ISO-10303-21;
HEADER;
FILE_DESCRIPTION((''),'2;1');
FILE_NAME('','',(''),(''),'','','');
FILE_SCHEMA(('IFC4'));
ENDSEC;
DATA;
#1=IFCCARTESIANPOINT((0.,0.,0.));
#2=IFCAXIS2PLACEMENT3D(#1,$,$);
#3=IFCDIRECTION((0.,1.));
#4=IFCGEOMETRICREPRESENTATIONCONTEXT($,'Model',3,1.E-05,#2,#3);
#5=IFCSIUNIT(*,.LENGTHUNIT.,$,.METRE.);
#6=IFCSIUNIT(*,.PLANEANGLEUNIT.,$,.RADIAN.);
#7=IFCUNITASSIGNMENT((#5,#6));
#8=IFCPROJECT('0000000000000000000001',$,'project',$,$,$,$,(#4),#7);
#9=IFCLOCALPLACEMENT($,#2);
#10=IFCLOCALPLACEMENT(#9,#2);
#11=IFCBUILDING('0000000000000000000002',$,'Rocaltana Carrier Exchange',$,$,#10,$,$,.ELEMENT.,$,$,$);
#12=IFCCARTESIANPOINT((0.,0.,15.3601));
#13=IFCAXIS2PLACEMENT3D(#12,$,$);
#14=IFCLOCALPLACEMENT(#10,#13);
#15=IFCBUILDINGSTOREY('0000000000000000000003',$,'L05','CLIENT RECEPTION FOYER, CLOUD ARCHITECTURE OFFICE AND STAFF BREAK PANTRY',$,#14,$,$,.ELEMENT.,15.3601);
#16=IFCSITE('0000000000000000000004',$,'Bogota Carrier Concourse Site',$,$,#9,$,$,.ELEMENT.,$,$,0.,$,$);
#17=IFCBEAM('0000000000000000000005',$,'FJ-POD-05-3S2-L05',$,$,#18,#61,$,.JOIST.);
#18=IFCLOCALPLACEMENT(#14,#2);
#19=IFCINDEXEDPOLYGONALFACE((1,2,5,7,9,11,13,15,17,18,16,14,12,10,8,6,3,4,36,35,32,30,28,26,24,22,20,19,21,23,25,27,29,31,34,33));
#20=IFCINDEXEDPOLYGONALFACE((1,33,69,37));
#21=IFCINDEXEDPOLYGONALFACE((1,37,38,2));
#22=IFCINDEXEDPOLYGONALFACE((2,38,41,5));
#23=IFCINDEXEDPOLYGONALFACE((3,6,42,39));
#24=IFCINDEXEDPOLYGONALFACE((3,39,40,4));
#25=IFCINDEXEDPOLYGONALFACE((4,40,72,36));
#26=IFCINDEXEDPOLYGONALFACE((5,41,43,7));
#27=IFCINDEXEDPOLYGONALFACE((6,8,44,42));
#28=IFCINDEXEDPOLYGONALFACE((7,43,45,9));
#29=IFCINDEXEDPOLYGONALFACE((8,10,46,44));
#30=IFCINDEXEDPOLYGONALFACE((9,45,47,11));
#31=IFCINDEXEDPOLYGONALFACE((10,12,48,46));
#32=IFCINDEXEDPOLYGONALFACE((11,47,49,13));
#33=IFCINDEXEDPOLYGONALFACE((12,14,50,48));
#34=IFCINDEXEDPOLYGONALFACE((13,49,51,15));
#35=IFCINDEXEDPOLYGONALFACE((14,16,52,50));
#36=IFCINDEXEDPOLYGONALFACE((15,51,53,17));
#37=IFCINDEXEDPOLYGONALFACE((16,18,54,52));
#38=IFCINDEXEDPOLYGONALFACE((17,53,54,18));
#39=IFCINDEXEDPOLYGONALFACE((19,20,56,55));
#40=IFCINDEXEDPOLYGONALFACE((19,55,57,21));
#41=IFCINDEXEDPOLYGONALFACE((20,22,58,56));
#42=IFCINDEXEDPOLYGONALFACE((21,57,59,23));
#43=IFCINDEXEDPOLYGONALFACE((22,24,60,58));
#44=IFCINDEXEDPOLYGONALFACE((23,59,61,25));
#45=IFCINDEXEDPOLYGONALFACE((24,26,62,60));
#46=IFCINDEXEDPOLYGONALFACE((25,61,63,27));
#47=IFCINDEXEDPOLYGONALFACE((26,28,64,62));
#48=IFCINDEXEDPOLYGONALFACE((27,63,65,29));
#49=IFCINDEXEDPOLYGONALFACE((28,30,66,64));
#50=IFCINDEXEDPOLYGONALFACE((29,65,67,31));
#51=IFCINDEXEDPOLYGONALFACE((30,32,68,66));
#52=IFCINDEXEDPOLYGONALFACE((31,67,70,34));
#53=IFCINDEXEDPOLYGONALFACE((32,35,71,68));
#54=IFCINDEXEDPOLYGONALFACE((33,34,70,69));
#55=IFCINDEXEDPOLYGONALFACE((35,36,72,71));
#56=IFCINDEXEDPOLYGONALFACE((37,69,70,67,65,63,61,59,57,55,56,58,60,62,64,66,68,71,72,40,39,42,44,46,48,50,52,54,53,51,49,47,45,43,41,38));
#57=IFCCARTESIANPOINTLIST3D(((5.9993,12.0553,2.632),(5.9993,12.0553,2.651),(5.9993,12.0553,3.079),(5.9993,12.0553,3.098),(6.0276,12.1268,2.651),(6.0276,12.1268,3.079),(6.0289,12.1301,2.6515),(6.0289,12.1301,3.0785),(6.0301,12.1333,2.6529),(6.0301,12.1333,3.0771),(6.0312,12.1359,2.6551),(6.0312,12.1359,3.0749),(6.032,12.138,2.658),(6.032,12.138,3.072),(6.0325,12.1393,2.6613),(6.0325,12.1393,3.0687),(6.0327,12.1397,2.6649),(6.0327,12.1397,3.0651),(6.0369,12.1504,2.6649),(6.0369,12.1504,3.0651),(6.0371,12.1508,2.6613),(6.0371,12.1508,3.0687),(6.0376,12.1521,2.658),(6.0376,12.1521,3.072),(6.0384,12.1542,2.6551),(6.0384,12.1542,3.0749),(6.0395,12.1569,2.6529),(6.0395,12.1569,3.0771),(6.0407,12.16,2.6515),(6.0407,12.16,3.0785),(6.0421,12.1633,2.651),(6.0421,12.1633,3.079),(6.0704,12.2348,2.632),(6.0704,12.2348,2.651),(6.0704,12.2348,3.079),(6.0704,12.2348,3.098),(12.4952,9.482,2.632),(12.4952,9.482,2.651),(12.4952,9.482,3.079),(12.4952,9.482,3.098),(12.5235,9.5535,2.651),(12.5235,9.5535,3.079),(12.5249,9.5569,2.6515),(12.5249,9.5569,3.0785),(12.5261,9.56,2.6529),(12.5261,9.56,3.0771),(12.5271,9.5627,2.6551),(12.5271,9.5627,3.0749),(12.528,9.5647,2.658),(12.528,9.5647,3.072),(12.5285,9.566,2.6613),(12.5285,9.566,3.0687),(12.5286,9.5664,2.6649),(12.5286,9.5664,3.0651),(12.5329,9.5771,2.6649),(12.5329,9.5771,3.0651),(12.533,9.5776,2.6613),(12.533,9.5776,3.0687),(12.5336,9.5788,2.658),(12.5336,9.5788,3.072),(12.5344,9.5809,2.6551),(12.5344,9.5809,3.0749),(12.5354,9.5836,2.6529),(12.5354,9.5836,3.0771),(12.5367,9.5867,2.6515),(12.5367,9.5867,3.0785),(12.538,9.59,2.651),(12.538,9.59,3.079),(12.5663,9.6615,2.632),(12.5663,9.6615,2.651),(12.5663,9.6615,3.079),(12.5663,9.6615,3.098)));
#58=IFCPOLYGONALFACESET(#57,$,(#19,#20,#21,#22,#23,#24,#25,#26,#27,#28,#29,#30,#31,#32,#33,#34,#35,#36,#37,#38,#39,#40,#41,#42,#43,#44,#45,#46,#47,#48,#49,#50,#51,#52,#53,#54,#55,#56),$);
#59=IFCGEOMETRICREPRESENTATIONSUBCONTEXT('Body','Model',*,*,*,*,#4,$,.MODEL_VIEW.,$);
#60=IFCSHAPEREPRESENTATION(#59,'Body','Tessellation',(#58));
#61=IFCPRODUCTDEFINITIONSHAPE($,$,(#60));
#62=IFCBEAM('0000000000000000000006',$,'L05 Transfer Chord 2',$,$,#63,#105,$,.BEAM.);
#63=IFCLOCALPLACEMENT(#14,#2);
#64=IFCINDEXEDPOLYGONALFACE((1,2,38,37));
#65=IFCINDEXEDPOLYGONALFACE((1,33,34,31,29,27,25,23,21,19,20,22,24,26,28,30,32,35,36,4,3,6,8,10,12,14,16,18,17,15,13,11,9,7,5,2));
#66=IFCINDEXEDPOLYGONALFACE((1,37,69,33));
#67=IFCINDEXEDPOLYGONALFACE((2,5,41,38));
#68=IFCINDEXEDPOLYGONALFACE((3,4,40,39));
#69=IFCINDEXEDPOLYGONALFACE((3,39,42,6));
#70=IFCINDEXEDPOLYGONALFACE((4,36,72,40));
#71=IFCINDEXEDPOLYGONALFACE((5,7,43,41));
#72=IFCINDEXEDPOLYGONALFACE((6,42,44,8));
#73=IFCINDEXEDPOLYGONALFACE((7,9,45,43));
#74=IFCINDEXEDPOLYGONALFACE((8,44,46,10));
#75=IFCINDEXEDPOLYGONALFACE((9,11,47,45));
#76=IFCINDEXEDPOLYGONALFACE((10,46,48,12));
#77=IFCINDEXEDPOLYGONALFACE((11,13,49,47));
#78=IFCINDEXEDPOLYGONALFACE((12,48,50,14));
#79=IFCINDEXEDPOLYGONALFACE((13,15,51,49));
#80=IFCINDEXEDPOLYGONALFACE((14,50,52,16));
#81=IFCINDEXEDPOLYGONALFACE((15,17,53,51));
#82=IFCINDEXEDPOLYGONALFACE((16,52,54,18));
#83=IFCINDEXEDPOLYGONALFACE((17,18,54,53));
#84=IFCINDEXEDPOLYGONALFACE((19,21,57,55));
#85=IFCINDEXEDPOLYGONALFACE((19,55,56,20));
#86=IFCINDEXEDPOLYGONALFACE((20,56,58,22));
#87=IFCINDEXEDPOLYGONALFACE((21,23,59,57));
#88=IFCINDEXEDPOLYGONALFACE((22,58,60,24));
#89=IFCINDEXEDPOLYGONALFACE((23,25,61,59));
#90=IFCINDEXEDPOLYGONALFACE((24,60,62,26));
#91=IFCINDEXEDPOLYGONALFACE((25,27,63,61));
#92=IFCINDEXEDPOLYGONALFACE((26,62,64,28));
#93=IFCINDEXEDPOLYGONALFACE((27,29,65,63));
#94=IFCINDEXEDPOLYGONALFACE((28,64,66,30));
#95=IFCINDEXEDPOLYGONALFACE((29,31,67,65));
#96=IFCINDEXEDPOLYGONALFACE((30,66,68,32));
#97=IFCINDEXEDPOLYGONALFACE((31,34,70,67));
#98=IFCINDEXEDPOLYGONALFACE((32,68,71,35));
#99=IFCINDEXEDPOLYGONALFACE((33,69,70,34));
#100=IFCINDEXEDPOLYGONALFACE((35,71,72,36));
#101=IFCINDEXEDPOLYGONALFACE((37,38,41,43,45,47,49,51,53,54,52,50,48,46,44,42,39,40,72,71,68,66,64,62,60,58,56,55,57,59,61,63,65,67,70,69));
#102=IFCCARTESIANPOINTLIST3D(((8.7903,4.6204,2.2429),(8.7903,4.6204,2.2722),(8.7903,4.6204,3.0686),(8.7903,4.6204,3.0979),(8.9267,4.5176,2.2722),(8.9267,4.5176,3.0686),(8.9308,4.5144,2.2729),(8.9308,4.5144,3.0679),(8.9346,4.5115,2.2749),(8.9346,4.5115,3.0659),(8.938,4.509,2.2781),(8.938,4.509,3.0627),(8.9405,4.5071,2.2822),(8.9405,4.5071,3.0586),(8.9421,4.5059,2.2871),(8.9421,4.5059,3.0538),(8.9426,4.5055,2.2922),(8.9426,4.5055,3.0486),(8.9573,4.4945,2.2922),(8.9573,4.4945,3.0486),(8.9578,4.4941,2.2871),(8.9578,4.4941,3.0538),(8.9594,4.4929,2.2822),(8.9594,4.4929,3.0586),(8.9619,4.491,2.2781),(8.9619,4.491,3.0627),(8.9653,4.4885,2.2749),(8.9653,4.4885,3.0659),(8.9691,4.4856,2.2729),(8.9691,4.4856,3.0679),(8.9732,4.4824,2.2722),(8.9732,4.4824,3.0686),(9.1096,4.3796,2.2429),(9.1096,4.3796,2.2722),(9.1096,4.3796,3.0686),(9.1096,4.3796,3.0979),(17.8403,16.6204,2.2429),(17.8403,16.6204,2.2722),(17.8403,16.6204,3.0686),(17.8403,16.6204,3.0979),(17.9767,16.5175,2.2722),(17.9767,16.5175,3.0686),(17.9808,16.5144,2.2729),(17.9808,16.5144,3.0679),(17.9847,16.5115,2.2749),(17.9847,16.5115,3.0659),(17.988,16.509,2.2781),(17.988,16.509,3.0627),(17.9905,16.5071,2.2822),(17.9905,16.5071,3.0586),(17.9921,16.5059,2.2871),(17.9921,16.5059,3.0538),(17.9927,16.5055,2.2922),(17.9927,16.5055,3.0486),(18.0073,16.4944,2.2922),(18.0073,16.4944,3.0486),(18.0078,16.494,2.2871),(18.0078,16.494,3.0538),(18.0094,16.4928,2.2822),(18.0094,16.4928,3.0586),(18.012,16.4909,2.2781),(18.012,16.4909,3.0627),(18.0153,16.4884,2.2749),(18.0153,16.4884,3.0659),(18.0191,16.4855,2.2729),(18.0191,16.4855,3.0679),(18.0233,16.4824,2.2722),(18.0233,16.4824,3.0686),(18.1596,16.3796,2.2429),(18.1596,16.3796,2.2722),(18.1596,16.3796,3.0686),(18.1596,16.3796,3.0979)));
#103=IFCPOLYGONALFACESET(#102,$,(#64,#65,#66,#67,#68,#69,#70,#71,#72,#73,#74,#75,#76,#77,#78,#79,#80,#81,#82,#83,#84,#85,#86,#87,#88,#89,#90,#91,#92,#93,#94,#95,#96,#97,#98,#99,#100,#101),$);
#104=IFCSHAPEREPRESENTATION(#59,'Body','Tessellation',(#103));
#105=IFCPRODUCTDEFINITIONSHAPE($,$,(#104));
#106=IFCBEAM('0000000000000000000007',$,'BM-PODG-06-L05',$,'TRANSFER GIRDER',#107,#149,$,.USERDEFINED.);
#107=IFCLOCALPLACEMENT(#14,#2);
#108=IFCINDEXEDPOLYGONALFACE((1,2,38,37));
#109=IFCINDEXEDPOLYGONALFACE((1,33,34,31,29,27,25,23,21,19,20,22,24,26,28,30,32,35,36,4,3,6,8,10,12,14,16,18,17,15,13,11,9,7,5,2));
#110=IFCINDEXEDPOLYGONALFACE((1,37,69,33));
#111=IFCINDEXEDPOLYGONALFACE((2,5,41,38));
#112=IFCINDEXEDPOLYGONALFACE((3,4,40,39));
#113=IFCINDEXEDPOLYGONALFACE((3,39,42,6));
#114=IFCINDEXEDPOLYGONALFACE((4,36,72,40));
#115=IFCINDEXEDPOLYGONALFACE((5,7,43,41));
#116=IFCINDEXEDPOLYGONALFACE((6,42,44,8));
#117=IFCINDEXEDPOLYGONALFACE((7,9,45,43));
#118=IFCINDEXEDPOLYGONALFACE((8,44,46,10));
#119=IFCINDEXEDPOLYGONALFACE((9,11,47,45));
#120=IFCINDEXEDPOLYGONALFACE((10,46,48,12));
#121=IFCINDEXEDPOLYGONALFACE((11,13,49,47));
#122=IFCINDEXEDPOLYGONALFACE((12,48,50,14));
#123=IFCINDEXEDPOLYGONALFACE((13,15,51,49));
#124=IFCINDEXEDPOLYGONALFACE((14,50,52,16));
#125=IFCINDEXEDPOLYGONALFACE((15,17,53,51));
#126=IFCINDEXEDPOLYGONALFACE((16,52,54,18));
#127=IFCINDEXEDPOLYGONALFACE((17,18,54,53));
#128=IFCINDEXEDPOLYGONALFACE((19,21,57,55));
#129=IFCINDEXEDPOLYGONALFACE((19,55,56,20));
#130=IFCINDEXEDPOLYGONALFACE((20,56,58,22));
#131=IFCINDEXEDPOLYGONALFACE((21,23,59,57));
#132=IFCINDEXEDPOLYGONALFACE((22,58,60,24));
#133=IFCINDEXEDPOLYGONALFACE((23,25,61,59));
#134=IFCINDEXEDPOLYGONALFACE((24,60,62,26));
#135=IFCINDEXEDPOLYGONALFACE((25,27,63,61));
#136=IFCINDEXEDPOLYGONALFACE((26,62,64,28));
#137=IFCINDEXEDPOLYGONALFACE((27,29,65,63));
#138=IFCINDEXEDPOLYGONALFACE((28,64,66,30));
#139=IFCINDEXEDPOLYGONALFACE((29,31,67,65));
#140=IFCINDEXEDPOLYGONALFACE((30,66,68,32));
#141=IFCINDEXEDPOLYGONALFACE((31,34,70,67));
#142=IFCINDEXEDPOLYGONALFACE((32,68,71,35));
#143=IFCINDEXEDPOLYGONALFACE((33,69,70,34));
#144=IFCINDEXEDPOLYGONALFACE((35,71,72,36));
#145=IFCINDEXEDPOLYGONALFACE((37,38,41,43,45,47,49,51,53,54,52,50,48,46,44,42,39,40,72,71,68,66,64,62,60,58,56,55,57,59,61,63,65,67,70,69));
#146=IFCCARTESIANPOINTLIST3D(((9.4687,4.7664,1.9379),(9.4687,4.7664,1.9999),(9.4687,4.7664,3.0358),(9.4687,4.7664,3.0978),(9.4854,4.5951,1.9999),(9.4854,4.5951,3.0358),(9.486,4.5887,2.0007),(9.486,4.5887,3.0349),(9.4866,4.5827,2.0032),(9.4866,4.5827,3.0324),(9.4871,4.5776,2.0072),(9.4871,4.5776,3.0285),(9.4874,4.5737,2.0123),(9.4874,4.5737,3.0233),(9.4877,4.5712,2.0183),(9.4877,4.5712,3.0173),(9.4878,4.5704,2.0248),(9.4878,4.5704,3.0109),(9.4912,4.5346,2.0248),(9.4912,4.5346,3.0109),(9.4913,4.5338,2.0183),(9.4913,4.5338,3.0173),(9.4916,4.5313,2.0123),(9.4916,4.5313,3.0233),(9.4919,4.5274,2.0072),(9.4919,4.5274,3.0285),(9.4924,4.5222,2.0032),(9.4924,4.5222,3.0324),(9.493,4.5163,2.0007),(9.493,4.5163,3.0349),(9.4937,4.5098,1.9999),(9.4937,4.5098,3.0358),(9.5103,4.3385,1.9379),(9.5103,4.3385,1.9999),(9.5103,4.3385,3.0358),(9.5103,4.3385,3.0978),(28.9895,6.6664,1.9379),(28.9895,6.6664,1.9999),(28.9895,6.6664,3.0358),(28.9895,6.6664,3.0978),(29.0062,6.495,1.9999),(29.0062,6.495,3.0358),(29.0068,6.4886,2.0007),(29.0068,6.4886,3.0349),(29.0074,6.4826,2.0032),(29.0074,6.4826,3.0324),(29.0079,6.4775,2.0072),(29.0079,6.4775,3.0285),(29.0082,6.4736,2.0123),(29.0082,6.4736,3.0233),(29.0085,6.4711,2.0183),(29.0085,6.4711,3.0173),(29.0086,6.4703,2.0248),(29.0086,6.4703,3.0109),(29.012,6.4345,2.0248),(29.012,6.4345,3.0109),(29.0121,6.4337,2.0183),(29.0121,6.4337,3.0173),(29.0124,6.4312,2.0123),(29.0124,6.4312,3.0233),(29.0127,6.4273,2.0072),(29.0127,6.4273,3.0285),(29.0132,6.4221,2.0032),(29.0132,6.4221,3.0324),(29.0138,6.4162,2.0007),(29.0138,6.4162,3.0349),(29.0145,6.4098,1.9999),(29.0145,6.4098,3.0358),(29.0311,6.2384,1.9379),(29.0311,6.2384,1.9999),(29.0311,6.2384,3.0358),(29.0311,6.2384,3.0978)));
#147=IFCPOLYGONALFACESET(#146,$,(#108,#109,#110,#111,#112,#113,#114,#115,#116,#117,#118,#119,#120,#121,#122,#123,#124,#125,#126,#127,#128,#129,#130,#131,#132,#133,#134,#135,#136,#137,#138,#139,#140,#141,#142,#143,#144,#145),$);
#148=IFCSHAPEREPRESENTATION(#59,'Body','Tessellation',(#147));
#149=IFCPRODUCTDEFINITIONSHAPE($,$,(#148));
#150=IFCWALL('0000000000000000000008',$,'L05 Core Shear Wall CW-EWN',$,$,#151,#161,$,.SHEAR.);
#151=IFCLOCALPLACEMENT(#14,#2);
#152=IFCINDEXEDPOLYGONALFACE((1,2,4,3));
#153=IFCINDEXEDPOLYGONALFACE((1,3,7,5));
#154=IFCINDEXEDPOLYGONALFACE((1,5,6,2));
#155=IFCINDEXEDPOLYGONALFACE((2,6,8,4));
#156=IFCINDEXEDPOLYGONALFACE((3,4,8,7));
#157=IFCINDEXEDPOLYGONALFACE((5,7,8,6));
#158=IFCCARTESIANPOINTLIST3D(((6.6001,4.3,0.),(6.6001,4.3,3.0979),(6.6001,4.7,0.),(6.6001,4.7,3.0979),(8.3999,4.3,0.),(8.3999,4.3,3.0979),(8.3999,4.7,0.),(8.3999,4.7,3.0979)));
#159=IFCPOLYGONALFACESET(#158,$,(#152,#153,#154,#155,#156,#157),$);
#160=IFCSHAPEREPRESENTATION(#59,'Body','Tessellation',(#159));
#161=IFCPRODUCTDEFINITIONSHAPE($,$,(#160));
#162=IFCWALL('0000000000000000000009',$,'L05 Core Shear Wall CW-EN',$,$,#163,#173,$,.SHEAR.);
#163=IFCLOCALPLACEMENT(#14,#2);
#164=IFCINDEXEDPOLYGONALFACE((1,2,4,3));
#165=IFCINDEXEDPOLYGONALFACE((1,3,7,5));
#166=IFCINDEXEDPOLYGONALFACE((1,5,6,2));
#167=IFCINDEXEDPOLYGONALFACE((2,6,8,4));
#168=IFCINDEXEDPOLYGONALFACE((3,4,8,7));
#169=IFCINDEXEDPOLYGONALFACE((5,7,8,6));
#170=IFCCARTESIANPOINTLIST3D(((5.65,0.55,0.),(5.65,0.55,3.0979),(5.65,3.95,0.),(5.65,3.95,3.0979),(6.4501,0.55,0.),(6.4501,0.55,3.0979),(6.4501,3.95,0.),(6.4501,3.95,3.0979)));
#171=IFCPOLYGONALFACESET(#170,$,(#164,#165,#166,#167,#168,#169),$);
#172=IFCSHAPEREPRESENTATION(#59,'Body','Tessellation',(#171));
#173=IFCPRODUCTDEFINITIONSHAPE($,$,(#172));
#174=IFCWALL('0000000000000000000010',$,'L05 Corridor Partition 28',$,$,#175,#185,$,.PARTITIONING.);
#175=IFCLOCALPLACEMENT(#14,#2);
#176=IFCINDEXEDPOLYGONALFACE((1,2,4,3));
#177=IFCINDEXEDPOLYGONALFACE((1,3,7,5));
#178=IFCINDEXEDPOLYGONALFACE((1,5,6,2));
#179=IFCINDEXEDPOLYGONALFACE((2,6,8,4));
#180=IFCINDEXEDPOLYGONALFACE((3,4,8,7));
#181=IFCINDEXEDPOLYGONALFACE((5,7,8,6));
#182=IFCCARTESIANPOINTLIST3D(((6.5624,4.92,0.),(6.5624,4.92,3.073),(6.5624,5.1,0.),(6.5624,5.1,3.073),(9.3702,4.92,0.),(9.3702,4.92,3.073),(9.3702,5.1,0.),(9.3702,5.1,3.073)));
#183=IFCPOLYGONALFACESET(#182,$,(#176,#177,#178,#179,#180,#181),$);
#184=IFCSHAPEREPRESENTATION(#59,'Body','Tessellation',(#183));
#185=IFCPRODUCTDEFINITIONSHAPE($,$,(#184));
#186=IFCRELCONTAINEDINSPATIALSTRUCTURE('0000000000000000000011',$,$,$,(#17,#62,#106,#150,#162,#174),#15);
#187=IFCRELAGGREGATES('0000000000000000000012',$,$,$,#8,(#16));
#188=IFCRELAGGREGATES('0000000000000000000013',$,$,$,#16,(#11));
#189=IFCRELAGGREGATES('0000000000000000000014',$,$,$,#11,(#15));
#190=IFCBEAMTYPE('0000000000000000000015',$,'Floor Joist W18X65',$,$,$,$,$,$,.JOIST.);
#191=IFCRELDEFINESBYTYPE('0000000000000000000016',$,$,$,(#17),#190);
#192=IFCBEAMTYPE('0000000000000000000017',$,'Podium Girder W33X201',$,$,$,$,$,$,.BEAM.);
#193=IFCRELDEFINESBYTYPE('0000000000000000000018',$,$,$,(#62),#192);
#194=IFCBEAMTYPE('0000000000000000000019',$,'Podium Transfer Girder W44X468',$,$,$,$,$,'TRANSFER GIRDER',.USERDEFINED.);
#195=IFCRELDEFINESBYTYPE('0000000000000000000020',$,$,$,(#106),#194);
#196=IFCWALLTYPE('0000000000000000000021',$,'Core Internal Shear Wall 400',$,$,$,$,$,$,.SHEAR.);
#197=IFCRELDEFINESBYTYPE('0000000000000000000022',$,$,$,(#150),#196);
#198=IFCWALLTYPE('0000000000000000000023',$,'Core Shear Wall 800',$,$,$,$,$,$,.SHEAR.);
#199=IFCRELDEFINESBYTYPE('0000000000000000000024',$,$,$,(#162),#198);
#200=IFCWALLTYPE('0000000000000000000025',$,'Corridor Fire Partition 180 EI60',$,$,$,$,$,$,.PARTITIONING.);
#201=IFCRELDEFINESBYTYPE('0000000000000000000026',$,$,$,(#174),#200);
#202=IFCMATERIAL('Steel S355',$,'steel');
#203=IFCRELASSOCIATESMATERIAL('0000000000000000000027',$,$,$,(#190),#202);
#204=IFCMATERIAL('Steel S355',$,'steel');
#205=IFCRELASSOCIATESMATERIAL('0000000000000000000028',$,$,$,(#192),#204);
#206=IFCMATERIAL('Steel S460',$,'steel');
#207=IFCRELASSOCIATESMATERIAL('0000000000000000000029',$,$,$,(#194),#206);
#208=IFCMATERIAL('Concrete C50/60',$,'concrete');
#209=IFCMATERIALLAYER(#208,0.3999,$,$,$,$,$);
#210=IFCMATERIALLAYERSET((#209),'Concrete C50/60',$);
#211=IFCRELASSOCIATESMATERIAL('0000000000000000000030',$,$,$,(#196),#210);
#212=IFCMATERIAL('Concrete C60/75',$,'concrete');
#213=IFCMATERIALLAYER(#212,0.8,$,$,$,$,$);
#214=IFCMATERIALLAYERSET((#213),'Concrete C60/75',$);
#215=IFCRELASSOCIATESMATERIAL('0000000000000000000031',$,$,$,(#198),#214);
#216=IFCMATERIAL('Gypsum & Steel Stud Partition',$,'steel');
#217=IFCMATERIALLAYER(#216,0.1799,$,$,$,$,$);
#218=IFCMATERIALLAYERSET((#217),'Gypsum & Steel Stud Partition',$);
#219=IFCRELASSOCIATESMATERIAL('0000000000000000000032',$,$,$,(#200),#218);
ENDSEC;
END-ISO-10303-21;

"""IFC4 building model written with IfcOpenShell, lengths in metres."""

from ifc_helpers import new_model, si_unit, direction, frame, frame_2d, origin, origin_2d, place, context, subcontext, project, spatial, rectangle, i_section, extrude, material, layer, layer_set, material_profile, profile_set, type_object, element, save


model = new_model("IFC4")

# Units and contexts
model_context = context("Model", 3, precision=1e-05, world=origin(), true_north=direction((0.0, 1.0)))
body_context = subcontext(model_context, "Body", "Model", "MODEL_VIEW")
ifc_project = project(units=[si_unit("LENGTHUNIT", "METRE"), si_unit("PLANEANGLEUNIT", "RADIAN")], contexts=[model_context])

# Site, building, storey
site_placement = place(None, origin())
site = spatial("IfcSite", under=ifc_project, at=site_placement, Name="Bogota Carrier Concourse Site", CompositionType="ELEMENT", RefElevation=0.0)
building_placement = place(site_placement, origin())
building = spatial("IfcBuilding", under=site, at=building_placement, Name="Rocaltana Carrier Exchange", CompositionType="ELEMENT")
storey_placement = place(building_placement, frame((0.0, 0.0, 15.3601)))
storey = spatial("IfcBuildingStorey", under=building, at=storey_placement, Name="L05", Description="CLIENT RECEPTION FOYER, CLOUD ARCHITECTURE OFFICE AND STAFF BREAK PANTRY", CompositionType="ELEMENT", Elevation=15.3601)

# Beams
ifc_material_1 = material(Name="Steel S355", Category="steel")
ifc_material_profile_1 = material_profile(ifc_material_1, i_section(OverallWidth=0.1931, OverallDepth=0.4661, WebThickness=0.0115, FlangeThickness=0.019, FilletRadius=0.0139, at=origin_2d()), Name="W18X65")
ifc_profile_set_1 = profile_set([ifc_material_profile_1], Name="Steel S355")
beam_type_1 = type_object("IfcBeamType", Name="Floor Joist W18X65", PredefinedType="JOIST", material=ifc_profile_set_1)
beam_1_placement = place(storey_placement, frame((12.5308, 9.5718, 2.865), z_axis=(-0.92971, 0.368292, 0.0), x_axis=(-0.368292, -0.92971, 0.0)))
element("IfcBeam", 1, at=beam_1_placement, inside=storey, type_object=beam_type_1, Name="FJ-POD-05-3S2-L05", PredefinedType="JOIST", context=body_context, shape_type="SweptSolid", body=[
    extrude(i_section(OverallWidth=0.1931, OverallDepth=0.4661, WebThickness=0.0115, FlangeThickness=0.019, FilletRadius=0.0139, at=origin_2d()), origin(), (0.0, 0.0, 1.0), 6.9871),
])
ifc_material_2 = material(Name="Steel S355", Category="steel")
ifc_material_profile_2 = material_profile(ifc_material_2, i_section(OverallWidth=0.3999, OverallDepth=0.855, WebThickness=0.0183, FlangeThickness=0.0293, FilletRadius=0.02, at=origin_2d()), Name="W33X201")
ifc_profile_set_2 = profile_set([ifc_material_profile_2], Name="Steel S355")
beam_type_2 = type_object("IfcBeamType", Name="Podium Girder W33X201", PredefinedType="BEAM", material=ifc_profile_set_2)
beam_2_placement = place(storey_placement, frame((8.95, 4.5, 2.6704), z_axis=(0.602129, 0.798399, 0.0), x_axis=(-0.798399, 0.602129, 0.0)))
element("IfcBeam", 2, at=beam_2_placement, inside=storey, type_object=beam_type_2, Name="L05 Transfer Chord 2", PredefinedType="BEAM", context=body_context, shape_type="SweptSolid", body=[
    extrude(i_section(OverallWidth=0.3999, OverallDepth=0.855, WebThickness=0.0183, FlangeThickness=0.0293, FilletRadius=0.02, at=origin_2d()), origin(), (0.0, 0.0, 1.0), 15.03),
])
ifc_material_3 = material(Name="Steel S460", Category="steel")
ifc_material_profile_3 = material_profile(ifc_material_3, i_section(OverallWidth=0.4299, OverallDepth=1.1599, WebThickness=0.0359, FlangeThickness=0.062, FilletRadius=0.0249, at=origin_2d()), Name="W44X468")
ifc_profile_set_3 = profile_set([ifc_material_profile_3], Name="Steel S460")
beam_type_3 = type_object("IfcBeamType", Name="Podium Transfer Girder W44X468", ElementType="TRANSFER GIRDER", PredefinedType="USERDEFINED", material=ifc_profile_set_3)
beam_3_placement = place(storey_placement, frame((9.4895, 4.5525, 2.5178), z_axis=(0.995297, 0.09687, 0.0), x_axis=(-0.09687, 0.995297, 0.0)))
element("IfcBeam", 3, at=beam_3_placement, inside=storey, type_object=beam_type_3, Name="BM-PODG-06-L05", ObjectType="TRANSFER GIRDER", PredefinedType="USERDEFINED", context=body_context, shape_type="SweptSolid", body=[
    extrude(i_section(OverallWidth=0.4299, OverallDepth=1.1599, WebThickness=0.0359, FlangeThickness=0.062, FilletRadius=0.0249, at=origin_2d()), origin(), (0.0, 0.0, 1.0), 19.613),
])

# Walls
ifc_material_4 = material(Name="Concrete C50/60", Category="concrete")
ifc_layer_1 = layer(ifc_material_4, 0.3999)
ifc_layer_set_1 = layer_set([ifc_layer_1], Name="Concrete C50/60")
wall_type_1 = type_object("IfcWallType", Name="Core Internal Shear Wall 400", PredefinedType="SHEAR", material=ifc_layer_set_1)
wall_1_placement = place(storey_placement, frame((6.6001, 4.5, 0.0), z_axis=(0.0, 0.0, 1.0), x_axis=(1.0, 0.0, 0.0)))
element("IfcWall", 4, at=wall_1_placement, inside=storey, type_object=wall_type_1, Name="L05 Core Shear Wall CW-EWN", PredefinedType="SHEAR", context=body_context, shape_type="SweptSolid", body=[
    extrude(rectangle(XDim=1.7998, YDim=0.3999, at=frame_2d((0.8999, 0.0))), origin(), (0.0, 0.0, 1.0), 3.0979),
])
ifc_material_5 = material(Name="Concrete C60/75", Category="concrete")
ifc_layer_2 = layer(ifc_material_5, 0.8)
ifc_layer_set_2 = layer_set([ifc_layer_2], Name="Concrete C60/75")
wall_type_2 = type_object("IfcWallType", Name="Core Shear Wall 800", PredefinedType="SHEAR", material=ifc_layer_set_2)
wall_2_placement = place(storey_placement, frame((6.05, 0.55, 0.0), z_axis=(0.0, 0.0, 1.0), x_axis=(0.0, 1.0, 0.0)))
element("IfcWall", 5, at=wall_2_placement, inside=storey, type_object=wall_type_2, Name="L05 Core Shear Wall CW-EN", PredefinedType="SHEAR", context=body_context, shape_type="SweptSolid", body=[
    extrude(rectangle(XDim=3.3999, YDim=0.8, at=frame_2d((1.7, 0.0))), origin(), (0.0, 0.0, 1.0), 3.0979),
])
ifc_material_6 = material(Name="Gypsum & Steel Stud Partition", Category="steel")
ifc_layer_3 = layer(ifc_material_6, 0.1799)
ifc_layer_set_3 = layer_set([ifc_layer_3], Name="Gypsum & Steel Stud Partition")
wall_type_3 = type_object("IfcWallType", Name="Corridor Fire Partition 180 EI60", PredefinedType="PARTITIONING", material=ifc_layer_set_3)
wall_3_placement = place(storey_placement, frame((9.3701, 5.01, 0.0), z_axis=(0.0, 0.0, 1.0), x_axis=(-1.0, 0.0, 0.0)))
element("IfcWall", 6, at=wall_3_placement, inside=storey, type_object=wall_type_3, Name="L05 Corridor Partition 28", PredefinedType="PARTITIONING", context=body_context, shape_type="SweptSolid", body=[
    extrude(rectangle(XDim=2.8079, YDim=0.1799, at=frame_2d((1.4038, 0.0))), origin(), (0.0, 0.0, 1.0), 3.073),
])

save(model, "model.ifc")
